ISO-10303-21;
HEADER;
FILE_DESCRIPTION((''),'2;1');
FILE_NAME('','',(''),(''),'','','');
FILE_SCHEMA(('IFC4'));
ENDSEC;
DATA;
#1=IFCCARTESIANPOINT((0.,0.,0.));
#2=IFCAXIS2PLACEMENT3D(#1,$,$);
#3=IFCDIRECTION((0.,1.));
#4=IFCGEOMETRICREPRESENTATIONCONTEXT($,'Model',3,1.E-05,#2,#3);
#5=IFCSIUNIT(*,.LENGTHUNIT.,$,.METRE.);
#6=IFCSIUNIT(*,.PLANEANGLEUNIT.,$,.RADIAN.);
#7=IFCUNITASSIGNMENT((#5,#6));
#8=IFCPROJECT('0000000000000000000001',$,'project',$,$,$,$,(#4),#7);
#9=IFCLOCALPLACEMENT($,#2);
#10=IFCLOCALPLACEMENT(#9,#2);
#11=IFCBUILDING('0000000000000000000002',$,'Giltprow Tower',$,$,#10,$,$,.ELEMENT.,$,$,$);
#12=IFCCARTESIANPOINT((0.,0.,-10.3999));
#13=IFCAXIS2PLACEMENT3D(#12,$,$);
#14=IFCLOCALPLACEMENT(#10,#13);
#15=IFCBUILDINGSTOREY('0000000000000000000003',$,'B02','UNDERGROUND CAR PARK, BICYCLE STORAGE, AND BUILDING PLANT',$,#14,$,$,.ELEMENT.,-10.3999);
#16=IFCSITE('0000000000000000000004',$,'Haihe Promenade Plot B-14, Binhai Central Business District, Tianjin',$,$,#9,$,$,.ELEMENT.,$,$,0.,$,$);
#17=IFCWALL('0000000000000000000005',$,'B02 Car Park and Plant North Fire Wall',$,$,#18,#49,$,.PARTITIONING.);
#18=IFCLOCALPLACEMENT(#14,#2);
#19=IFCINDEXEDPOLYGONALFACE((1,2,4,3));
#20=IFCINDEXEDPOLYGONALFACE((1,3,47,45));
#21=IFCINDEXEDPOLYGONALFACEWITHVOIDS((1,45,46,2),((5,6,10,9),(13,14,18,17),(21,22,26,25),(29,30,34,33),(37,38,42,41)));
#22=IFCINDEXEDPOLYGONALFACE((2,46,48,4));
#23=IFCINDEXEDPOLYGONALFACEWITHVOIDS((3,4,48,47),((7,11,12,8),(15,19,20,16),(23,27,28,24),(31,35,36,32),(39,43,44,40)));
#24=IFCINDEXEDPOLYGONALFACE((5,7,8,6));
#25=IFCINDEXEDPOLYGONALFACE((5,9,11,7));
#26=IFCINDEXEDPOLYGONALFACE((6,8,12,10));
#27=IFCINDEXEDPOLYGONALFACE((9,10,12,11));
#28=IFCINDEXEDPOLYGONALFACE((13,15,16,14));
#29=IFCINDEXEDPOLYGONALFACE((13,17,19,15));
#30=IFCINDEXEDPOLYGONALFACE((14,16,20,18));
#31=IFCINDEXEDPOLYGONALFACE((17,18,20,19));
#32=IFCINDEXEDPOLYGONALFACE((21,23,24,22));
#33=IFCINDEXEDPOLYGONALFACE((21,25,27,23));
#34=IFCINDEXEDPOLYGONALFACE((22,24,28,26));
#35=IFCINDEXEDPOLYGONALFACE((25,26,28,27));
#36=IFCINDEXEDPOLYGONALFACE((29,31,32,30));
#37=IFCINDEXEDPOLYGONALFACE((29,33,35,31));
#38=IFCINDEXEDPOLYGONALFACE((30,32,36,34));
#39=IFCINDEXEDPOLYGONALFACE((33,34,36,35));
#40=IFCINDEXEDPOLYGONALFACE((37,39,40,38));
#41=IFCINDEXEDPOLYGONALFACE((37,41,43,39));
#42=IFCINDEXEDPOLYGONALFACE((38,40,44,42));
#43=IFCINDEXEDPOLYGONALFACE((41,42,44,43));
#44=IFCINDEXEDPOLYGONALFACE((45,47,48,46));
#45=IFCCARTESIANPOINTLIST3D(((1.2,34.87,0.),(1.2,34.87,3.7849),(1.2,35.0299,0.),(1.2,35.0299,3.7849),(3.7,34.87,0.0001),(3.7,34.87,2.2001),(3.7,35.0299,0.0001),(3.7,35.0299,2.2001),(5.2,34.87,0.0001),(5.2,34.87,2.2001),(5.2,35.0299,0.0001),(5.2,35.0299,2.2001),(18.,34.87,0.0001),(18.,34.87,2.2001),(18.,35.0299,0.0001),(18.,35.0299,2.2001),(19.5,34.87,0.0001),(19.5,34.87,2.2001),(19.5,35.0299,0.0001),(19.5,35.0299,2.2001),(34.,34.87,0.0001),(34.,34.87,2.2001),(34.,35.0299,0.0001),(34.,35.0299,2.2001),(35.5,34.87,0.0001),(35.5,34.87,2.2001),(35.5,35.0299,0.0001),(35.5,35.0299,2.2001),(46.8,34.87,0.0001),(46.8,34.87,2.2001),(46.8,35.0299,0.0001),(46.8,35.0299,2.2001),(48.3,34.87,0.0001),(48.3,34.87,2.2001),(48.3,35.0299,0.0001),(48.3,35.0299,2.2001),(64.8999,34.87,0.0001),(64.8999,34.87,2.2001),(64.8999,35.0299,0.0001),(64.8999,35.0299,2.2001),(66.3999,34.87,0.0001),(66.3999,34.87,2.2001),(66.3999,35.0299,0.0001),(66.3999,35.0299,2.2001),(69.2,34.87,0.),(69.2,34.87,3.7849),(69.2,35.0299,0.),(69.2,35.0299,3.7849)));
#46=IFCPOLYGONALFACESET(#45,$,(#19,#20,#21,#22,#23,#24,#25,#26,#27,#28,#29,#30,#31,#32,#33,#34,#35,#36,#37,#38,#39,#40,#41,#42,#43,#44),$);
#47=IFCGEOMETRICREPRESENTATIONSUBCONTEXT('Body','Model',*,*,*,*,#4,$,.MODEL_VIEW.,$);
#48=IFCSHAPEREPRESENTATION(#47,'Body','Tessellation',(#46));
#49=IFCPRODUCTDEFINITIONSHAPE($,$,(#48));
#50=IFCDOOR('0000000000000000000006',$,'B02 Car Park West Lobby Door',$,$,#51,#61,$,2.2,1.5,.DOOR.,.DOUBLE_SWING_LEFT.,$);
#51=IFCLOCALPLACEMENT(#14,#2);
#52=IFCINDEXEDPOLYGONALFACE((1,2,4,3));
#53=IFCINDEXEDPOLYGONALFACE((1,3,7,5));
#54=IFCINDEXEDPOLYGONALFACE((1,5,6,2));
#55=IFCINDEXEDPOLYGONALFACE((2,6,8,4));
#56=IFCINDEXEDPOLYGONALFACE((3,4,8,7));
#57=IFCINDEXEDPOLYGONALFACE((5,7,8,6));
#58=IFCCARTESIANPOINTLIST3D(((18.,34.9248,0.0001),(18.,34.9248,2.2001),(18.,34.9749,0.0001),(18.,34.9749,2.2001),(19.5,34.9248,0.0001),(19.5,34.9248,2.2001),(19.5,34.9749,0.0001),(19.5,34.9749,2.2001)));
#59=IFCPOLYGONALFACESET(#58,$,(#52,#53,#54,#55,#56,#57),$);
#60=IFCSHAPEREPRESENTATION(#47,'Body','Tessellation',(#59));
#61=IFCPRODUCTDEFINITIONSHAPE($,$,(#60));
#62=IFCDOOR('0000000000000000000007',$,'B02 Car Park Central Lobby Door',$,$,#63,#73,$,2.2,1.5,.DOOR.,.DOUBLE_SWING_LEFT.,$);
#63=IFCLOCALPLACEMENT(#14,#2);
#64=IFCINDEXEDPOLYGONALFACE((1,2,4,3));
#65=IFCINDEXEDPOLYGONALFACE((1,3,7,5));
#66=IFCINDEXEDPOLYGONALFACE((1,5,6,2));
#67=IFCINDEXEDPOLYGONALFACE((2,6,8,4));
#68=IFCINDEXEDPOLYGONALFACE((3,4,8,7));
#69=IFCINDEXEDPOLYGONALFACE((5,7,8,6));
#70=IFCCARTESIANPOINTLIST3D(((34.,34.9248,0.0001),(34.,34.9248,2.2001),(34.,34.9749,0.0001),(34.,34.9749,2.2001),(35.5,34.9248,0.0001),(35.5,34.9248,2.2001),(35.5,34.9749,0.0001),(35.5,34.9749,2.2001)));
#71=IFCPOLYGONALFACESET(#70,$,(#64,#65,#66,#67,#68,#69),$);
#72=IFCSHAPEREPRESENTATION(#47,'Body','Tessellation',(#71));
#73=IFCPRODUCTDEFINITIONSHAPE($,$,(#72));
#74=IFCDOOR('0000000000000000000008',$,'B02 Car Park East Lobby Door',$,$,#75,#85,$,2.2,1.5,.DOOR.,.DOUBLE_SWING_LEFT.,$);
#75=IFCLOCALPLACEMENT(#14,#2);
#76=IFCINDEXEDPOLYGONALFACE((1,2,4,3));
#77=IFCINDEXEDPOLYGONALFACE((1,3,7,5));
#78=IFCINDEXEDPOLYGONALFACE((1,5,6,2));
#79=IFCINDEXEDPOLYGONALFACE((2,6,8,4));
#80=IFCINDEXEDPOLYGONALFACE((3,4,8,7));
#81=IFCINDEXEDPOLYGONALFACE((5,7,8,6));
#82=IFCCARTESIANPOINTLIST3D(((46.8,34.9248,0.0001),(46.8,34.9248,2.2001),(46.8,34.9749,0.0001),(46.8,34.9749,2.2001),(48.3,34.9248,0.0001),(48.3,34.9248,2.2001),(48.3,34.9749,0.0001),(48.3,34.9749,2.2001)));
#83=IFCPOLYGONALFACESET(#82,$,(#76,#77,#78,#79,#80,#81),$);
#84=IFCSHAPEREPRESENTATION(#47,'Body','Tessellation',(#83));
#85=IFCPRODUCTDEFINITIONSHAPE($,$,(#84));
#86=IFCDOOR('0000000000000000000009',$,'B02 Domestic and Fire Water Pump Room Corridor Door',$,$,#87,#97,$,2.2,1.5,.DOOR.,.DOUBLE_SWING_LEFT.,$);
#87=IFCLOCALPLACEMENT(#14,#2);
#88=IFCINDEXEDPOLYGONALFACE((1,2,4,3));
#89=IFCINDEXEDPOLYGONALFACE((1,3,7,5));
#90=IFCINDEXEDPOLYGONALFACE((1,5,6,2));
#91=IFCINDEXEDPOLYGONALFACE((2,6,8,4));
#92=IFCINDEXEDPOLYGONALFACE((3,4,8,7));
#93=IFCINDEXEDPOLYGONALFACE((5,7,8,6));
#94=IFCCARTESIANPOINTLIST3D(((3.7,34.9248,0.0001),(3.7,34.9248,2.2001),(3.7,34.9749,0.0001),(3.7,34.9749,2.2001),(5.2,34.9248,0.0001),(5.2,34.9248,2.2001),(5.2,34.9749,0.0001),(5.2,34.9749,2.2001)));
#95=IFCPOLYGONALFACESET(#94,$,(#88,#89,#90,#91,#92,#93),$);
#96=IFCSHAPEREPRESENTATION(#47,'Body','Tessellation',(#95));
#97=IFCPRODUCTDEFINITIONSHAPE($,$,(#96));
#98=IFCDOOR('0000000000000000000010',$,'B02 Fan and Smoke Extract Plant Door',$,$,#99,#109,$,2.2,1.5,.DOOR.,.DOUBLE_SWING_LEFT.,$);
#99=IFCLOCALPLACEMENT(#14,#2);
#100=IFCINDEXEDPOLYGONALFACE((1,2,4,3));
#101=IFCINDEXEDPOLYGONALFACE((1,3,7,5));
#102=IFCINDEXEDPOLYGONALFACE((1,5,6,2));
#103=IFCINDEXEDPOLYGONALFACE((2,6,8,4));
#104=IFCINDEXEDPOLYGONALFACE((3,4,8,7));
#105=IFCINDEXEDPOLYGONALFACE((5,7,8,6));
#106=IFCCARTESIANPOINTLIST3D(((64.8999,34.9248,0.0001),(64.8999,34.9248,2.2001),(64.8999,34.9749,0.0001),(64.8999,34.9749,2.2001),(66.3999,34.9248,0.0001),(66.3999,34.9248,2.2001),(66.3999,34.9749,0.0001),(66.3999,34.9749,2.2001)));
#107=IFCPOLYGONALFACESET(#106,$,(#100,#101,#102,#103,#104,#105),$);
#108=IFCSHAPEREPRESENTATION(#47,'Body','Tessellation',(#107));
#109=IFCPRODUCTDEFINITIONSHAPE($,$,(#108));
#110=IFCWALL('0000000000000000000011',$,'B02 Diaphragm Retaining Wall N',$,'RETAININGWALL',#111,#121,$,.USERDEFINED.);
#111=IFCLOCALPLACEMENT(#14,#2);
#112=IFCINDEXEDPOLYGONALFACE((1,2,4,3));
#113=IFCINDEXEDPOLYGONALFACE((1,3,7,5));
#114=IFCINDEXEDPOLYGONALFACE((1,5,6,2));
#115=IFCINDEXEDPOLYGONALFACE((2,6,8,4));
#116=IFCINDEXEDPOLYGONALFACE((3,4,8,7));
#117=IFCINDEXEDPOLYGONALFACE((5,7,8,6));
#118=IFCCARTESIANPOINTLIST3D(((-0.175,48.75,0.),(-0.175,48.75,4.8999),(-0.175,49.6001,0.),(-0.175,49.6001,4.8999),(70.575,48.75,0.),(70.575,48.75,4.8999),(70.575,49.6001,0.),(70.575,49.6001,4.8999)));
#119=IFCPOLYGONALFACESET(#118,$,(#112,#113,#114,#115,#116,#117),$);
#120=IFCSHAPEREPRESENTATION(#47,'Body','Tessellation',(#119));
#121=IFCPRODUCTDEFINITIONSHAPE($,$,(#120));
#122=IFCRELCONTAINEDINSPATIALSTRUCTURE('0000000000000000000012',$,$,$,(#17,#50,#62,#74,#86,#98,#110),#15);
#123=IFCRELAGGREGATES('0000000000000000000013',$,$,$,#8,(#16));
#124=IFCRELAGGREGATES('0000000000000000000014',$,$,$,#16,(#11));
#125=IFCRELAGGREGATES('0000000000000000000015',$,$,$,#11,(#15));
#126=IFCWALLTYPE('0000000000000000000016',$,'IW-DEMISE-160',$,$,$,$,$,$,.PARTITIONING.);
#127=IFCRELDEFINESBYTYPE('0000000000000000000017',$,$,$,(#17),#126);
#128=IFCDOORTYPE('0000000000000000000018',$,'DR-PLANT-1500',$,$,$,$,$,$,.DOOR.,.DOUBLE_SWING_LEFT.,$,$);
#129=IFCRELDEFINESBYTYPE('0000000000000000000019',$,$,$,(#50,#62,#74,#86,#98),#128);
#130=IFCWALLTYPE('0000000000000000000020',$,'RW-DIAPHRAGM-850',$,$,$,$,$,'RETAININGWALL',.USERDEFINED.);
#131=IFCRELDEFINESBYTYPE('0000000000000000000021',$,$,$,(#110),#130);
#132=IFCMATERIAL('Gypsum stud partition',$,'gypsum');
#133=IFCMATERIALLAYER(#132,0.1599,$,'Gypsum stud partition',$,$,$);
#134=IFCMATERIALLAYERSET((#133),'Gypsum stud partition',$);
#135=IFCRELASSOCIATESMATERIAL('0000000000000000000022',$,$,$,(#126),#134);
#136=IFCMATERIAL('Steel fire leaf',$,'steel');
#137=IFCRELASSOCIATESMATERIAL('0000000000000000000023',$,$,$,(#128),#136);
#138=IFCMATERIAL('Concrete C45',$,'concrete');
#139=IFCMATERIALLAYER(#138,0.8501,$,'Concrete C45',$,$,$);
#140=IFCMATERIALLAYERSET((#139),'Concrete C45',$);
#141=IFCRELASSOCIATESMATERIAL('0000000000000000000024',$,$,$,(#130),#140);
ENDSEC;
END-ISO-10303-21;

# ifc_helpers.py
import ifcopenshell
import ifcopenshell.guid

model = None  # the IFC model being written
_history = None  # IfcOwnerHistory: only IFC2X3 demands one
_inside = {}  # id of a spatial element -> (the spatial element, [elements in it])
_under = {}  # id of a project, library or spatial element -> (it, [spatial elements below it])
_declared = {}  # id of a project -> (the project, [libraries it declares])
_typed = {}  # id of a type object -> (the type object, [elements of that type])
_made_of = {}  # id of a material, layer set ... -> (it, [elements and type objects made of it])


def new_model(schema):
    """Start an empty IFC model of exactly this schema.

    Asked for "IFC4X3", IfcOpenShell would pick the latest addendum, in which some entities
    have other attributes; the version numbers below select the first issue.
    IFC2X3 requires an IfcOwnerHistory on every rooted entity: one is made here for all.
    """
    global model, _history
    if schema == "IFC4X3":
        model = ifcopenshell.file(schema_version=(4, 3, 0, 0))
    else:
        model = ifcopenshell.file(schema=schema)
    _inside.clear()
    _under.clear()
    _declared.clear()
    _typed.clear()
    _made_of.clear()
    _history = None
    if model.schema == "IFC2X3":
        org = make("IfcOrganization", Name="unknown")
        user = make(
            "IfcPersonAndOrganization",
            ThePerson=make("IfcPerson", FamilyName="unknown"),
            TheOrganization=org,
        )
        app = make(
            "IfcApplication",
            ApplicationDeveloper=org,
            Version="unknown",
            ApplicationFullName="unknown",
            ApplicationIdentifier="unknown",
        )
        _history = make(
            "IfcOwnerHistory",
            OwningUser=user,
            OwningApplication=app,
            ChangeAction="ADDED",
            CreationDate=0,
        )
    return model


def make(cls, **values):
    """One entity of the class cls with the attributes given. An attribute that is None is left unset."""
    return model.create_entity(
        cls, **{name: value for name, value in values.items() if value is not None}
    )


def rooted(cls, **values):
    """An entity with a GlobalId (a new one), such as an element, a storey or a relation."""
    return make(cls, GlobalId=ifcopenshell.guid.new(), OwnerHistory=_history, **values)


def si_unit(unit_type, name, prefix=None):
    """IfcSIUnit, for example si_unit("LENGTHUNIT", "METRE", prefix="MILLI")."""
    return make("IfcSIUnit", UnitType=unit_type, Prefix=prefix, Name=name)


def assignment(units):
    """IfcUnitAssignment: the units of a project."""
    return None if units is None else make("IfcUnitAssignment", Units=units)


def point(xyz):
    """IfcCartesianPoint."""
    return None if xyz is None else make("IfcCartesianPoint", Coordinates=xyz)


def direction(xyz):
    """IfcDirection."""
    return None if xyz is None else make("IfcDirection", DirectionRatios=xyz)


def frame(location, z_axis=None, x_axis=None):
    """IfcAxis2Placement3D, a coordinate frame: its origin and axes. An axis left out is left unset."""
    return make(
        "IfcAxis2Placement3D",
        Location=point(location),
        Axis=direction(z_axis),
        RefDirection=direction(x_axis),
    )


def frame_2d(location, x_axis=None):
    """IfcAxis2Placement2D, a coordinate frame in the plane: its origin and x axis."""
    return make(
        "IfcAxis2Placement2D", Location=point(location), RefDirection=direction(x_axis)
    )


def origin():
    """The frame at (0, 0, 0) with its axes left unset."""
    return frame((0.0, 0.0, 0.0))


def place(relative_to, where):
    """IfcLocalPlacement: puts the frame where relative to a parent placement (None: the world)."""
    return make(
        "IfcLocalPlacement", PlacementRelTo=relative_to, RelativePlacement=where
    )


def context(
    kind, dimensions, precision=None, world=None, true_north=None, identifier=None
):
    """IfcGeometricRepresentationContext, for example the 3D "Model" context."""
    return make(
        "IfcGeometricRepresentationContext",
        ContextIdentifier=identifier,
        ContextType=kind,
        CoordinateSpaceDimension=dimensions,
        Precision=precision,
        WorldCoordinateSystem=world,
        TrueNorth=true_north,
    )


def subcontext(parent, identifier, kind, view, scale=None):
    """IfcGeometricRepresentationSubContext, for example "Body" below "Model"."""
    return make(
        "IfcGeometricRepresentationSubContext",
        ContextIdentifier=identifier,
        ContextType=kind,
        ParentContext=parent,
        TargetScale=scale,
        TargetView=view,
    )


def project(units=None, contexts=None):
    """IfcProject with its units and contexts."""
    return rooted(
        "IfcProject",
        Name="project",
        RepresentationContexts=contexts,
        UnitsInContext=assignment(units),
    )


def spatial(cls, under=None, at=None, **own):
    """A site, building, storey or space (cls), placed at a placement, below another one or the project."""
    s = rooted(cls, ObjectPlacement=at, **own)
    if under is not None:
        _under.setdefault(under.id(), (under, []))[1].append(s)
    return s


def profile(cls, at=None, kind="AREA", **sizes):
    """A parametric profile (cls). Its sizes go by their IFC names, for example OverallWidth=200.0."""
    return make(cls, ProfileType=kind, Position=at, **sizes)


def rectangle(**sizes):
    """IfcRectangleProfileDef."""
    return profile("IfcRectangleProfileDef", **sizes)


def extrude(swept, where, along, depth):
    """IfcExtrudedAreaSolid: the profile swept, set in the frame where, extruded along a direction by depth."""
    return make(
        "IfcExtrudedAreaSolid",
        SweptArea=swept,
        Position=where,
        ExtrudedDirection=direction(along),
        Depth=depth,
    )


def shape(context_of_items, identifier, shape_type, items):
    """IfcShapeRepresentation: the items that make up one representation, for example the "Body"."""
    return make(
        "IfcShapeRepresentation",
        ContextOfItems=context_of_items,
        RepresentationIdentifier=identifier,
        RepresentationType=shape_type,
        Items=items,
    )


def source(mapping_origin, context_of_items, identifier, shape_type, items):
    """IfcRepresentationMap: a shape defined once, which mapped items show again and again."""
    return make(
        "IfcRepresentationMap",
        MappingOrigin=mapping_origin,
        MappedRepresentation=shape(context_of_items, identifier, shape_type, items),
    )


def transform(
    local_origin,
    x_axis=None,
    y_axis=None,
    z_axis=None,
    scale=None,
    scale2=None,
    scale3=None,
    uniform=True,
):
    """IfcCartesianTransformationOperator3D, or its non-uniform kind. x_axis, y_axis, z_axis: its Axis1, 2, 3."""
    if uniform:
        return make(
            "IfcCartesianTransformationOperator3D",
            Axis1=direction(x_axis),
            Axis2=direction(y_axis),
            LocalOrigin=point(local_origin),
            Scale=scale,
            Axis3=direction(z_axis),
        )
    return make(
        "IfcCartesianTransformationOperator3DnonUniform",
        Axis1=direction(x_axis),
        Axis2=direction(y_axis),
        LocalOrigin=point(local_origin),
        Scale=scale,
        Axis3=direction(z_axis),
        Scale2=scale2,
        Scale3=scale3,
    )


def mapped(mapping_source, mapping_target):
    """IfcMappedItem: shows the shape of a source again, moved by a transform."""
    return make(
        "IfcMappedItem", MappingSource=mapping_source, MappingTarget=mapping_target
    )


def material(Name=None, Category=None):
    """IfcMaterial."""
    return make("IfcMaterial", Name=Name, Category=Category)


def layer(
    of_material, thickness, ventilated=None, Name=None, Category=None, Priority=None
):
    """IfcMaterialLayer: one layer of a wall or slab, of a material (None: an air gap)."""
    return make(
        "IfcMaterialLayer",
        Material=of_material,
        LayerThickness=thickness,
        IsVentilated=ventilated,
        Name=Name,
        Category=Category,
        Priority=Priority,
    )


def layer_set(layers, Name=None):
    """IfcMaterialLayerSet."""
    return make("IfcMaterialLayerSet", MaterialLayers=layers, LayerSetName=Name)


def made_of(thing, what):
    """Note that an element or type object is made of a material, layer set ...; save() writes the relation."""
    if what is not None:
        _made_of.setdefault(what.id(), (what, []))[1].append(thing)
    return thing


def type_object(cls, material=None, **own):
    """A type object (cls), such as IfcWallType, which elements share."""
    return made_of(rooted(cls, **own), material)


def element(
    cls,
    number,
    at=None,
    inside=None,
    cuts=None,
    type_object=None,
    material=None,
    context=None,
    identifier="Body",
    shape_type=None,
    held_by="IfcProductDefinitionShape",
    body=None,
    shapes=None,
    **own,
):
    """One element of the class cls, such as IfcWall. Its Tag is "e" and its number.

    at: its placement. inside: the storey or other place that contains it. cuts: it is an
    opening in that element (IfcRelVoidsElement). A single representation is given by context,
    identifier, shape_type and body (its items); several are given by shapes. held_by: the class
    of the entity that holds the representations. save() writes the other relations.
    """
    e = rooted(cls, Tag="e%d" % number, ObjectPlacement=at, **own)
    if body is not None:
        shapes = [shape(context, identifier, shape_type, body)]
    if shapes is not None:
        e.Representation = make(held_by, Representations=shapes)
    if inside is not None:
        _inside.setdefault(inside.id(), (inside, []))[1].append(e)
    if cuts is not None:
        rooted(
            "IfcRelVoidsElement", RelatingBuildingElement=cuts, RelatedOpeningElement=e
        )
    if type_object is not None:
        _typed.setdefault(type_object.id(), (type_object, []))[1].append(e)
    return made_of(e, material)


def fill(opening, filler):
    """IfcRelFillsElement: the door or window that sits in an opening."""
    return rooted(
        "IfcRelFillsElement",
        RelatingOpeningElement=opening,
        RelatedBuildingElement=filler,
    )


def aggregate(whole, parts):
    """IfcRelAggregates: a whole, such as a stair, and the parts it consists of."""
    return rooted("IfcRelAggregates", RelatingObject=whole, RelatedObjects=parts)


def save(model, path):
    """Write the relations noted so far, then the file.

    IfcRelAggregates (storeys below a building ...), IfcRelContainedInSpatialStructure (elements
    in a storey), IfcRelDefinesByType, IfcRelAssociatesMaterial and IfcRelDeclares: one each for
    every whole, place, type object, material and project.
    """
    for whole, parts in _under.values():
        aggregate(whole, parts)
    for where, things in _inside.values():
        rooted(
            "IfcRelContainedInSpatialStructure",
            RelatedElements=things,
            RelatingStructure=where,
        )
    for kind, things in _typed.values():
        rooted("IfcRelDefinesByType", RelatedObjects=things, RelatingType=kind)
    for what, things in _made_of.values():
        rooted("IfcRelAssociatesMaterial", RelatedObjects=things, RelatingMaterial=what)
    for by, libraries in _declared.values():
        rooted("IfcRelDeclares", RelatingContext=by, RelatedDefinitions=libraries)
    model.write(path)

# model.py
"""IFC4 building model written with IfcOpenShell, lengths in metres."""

from ifc_helpers import new_model, si_unit, direction, frame, frame_2d, origin, place, context, subcontext, project, spatial, rectangle, extrude, source, transform, mapped, material, layer, layer_set, type_object, element, fill, save


model = new_model("IFC4")

# Units and contexts
model_context = context("Model", 3, precision=1e-05, world=origin(), true_north=direction((0.0, 1.0)))
body_context = subcontext(model_context, "Body", "Model", "MODEL_VIEW")
ifc_project = project(units=[si_unit("LENGTHUNIT", "METRE"), si_unit("PLANEANGLEUNIT", "RADIAN")], contexts=[model_context])

# Site, building, storey
site_placement = place(None, origin())
site = spatial("IfcSite", under=ifc_project, at=site_placement, Name="Haihe Promenade Plot B-14, Binhai Central Business District, Tianjin", CompositionType="ELEMENT", RefElevation=0.0)
building_placement = place(site_placement, origin())
building = spatial("IfcBuilding", under=site, at=building_placement, Name="Giltprow Tower", CompositionType="ELEMENT")
storey_placement = place(building_placement, frame((0.0, 0.0, -10.3999)))
storey = spatial("IfcBuildingStorey", under=building, at=storey_placement, Name="B02", Description="UNDERGROUND CAR PARK, BICYCLE STORAGE, AND BUILDING PLANT", CompositionType="ELEMENT", Elevation=-10.3999)

# Shared definitions
ifc_material_1 = material(Name="Concrete C45", Category="concrete")

# Wall, openings, doors
ifc_material_2 = material(Name="Gypsum stud partition", Category="gypsum")
ifc_layer_1 = layer(ifc_material_2, 0.1599, Name="Gypsum stud partition")
ifc_layer_set_1 = layer_set([ifc_layer_1], Name="Gypsum stud partition")
wall_type_1 = type_object("IfcWallType", Name="IW-DEMISE-160", PredefinedType="PARTITIONING", material=ifc_layer_set_1)
wall_1_placement = place(storey_placement, frame((1.2, 34.95, 0.0), z_axis=(0.0, 0.0, 1.0), x_axis=(1.0, 0.0, 0.0)))
wall_1 = element("IfcWall", 1, at=wall_1_placement, inside=storey, type_object=wall_type_1, Name="B02 Car Park and Plant North Fire Wall", PredefinedType="PARTITIONING", context=body_context, shape_type="SweptSolid", body=[
    extrude(rectangle(XDim=68.0, YDim=0.1599, at=frame_2d((34.0, 0.0))), origin(), (0.0, 0.0, 1.0), 3.7849),
])
opening_1_placement = place(wall_1_placement, frame((16.8, 0.0, 0.0)))
opening_1 = element("IfcOpeningElement", 2, at=opening_1_placement, cuts=wall_1, PredefinedType="OPENING", context=body_context, shape_type="SweptSolid", body=[
    extrude(rectangle(XDim=1.5, YDim=2.2, at=frame_2d((0.75, 1.1001))), frame((0.0, 0.0898, 0.0), z_axis=(0.0, -1.0, 0.0), x_axis=(1.0, 0.0, 0.0)), (0.0, 0.0, 1.0), 0.1799),
])
opening_2_placement = place(wall_1_placement, frame((32.8, 0.0, 0.0)))
opening_2 = element("IfcOpeningElement", 3, at=opening_2_placement, cuts=wall_1, PredefinedType="OPENING", context=body_context, shape_type="SweptSolid", body=[
    extrude(rectangle(XDim=1.5, YDim=2.2, at=frame_2d((0.75, 1.1001))), frame((0.0, 0.0898, 0.0), z_axis=(0.0, -1.0, 0.0), x_axis=(1.0, 0.0, 0.0)), (0.0, 0.0, 1.0), 0.1799),
])
opening_3_placement = place(wall_1_placement, frame((45.6001, 0.0, 0.0)))
opening_3 = element("IfcOpeningElement", 4, at=opening_3_placement, cuts=wall_1, PredefinedType="OPENING", context=body_context, shape_type="SweptSolid", body=[
    extrude(rectangle(XDim=1.5, YDim=2.2, at=frame_2d((0.75, 1.1001))), frame((0.0, 0.0898, 0.0), z_axis=(0.0, -1.0, 0.0), x_axis=(1.0, 0.0, 0.0)), (0.0, 0.0, 1.0), 0.1799),
])
opening_4_placement = place(wall_1_placement, frame((2.5, 0.0, 0.0)))
opening_4 = element("IfcOpeningElement", 5, at=opening_4_placement, cuts=wall_1, PredefinedType="OPENING", context=body_context, shape_type="SweptSolid", body=[
    extrude(rectangle(XDim=1.5, YDim=2.2, at=frame_2d((0.75, 1.1001))), frame((0.0, 0.0898, 0.0), z_axis=(0.0, -1.0, 0.0), x_axis=(1.0, 0.0, 0.0)), (0.0, 0.0, 1.0), 0.1799),
])
opening_5_placement = place(wall_1_placement, frame((63.7, 0.0, 0.0)))
opening_5 = element("IfcOpeningElement", 6, at=opening_5_placement, cuts=wall_1, PredefinedType="OPENING", context=body_context, shape_type="SweptSolid", body=[
    extrude(rectangle(XDim=1.5, YDim=2.2, at=frame_2d((0.75, 1.1001))), frame((0.0, 0.0898, 0.0), z_axis=(0.0, -1.0, 0.0), x_axis=(1.0, 0.0, 0.0)), (0.0, 0.0, 1.0), 0.1799),
])
ifc_material_3 = material(Name="Steel fire leaf", Category="steel")
door_type = type_object("IfcDoorType", Name="DR-PLANT-1500", OperationType="DOUBLE_SWING_LEFT", PredefinedType="DOOR", material=ifc_material_3)
shared_shape_1 = source(origin(), body_context, "Body", "SweptSolid", [
    extrude(rectangle(XDim=1.5, YDim=2.2, at=frame_2d((0.75, 1.1001))), frame((0.0, 0.0249, 0.0), z_axis=(0.0, -1.0, 0.0), x_axis=(1.0, 0.0, 0.0)), (0.0, 0.0, 1.0), 0.05),
])
door_1_placement = place(opening_1_placement, origin())
door_1 = element("IfcDoor", 7, at=door_1_placement, inside=storey, type_object=door_type, Name="B02 Car Park West Lobby Door", OperationType="DOUBLE_SWING_LEFT", OverallHeight=2.2, OverallWidth=1.5, PredefinedType="DOOR", context=body_context, shape_type="MappedRepresentation", body=[
    mapped(shared_shape_1, transform((0.0, 0.0, 0.0), x_axis=(1.0, 0.0, 0.0), y_axis=(0.0, 1.0, 0.0), z_axis=(0.0, 0.0, 1.0), scale=1.0)),
])
fill(opening_1, door_1)
door_2_placement = place(opening_2_placement, origin())
door_2 = element("IfcDoor", 8, at=door_2_placement, inside=storey, type_object=door_type, Name="B02 Car Park Central Lobby Door", OperationType="DOUBLE_SWING_LEFT", OverallHeight=2.2, OverallWidth=1.5, PredefinedType="DOOR", context=body_context, shape_type="MappedRepresentation", body=[
    mapped(shared_shape_1, transform((0.0, 0.0, 0.0), x_axis=(1.0, 0.0, 0.0), y_axis=(0.0, 1.0, 0.0), z_axis=(0.0, 0.0, 1.0), scale=1.0)),
])
fill(opening_2, door_2)
door_3_placement = place(opening_3_placement, origin())
door_3 = element("IfcDoor", 9, at=door_3_placement, inside=storey, type_object=door_type, Name="B02 Car Park East Lobby Door", OperationType="DOUBLE_SWING_LEFT", OverallHeight=2.2, OverallWidth=1.5, PredefinedType="DOOR", context=body_context, shape_type="MappedRepresentation", body=[
    mapped(shared_shape_1, transform((0.0, 0.0, 0.0), x_axis=(1.0, 0.0, 0.0), y_axis=(0.0, 1.0, 0.0), z_axis=(0.0, 0.0, 1.0), scale=1.0)),
])
fill(opening_3, door_3)
door_4_placement = place(opening_4_placement, origin())
door_4 = element("IfcDoor", 10, at=door_4_placement, inside=storey, type_object=door_type, Name="B02 Domestic and Fire Water Pump Room Corridor Door", OperationType="DOUBLE_SWING_LEFT", OverallHeight=2.2, OverallWidth=1.5, PredefinedType="DOOR", context=body_context, shape_type="MappedRepresentation", body=[
    mapped(shared_shape_1, transform((0.0, 0.0, 0.0), x_axis=(1.0, 0.0, 0.0), y_axis=(0.0, 1.0, 0.0), z_axis=(0.0, 0.0, 1.0), scale=1.0)),
])
fill(opening_4, door_4)
door_5_placement = place(opening_5_placement, origin())
door_5 = element("IfcDoor", 11, at=door_5_placement, inside=storey, type_object=door_type, Name="B02 Fan and Smoke Extract Plant Door", OperationType="DOUBLE_SWING_LEFT", OverallHeight=2.2, OverallWidth=1.5, PredefinedType="DOOR", context=body_context, shape_type="MappedRepresentation", body=[
    mapped(shared_shape_1, transform((0.0, 0.0, 0.0), x_axis=(1.0, 0.0, 0.0), y_axis=(0.0, 1.0, 0.0), z_axis=(0.0, 0.0, 1.0), scale=1.0)),
])
fill(opening_5, door_5)

# Wall
ifc_layer_2 = layer(ifc_material_1, 0.8501, Name="Concrete C45")
ifc_layer_set_2 = layer_set([ifc_layer_2], Name="Concrete C45")
wall_type_2 = type_object("IfcWallType", Name="RW-DIAPHRAGM-850", ElementType="RETAININGWALL", PredefinedType="USERDEFINED", material=ifc_layer_set_2)
wall_2_placement = place(storey_placement, frame((-0.175, 49.175, 0.0), z_axis=(0.0, 0.0, 1.0), x_axis=(1.0, 0.0, 0.0)))
element("IfcWall", 12, at=wall_2_placement, inside=storey, type_object=wall_type_2, Name="B02 Diaphragm Retaining Wall N", ObjectType="RETAININGWALL", PredefinedType="USERDEFINED", context=body_context, shape_type="SweptSolid", body=[
    extrude(rectangle(XDim=70.75, YDim=0.8501, at=frame_2d((35.375, 0.0))), origin(), (0.0, 0.0, 1.0), 4.8999),
])

save(model, "model.ifc")
